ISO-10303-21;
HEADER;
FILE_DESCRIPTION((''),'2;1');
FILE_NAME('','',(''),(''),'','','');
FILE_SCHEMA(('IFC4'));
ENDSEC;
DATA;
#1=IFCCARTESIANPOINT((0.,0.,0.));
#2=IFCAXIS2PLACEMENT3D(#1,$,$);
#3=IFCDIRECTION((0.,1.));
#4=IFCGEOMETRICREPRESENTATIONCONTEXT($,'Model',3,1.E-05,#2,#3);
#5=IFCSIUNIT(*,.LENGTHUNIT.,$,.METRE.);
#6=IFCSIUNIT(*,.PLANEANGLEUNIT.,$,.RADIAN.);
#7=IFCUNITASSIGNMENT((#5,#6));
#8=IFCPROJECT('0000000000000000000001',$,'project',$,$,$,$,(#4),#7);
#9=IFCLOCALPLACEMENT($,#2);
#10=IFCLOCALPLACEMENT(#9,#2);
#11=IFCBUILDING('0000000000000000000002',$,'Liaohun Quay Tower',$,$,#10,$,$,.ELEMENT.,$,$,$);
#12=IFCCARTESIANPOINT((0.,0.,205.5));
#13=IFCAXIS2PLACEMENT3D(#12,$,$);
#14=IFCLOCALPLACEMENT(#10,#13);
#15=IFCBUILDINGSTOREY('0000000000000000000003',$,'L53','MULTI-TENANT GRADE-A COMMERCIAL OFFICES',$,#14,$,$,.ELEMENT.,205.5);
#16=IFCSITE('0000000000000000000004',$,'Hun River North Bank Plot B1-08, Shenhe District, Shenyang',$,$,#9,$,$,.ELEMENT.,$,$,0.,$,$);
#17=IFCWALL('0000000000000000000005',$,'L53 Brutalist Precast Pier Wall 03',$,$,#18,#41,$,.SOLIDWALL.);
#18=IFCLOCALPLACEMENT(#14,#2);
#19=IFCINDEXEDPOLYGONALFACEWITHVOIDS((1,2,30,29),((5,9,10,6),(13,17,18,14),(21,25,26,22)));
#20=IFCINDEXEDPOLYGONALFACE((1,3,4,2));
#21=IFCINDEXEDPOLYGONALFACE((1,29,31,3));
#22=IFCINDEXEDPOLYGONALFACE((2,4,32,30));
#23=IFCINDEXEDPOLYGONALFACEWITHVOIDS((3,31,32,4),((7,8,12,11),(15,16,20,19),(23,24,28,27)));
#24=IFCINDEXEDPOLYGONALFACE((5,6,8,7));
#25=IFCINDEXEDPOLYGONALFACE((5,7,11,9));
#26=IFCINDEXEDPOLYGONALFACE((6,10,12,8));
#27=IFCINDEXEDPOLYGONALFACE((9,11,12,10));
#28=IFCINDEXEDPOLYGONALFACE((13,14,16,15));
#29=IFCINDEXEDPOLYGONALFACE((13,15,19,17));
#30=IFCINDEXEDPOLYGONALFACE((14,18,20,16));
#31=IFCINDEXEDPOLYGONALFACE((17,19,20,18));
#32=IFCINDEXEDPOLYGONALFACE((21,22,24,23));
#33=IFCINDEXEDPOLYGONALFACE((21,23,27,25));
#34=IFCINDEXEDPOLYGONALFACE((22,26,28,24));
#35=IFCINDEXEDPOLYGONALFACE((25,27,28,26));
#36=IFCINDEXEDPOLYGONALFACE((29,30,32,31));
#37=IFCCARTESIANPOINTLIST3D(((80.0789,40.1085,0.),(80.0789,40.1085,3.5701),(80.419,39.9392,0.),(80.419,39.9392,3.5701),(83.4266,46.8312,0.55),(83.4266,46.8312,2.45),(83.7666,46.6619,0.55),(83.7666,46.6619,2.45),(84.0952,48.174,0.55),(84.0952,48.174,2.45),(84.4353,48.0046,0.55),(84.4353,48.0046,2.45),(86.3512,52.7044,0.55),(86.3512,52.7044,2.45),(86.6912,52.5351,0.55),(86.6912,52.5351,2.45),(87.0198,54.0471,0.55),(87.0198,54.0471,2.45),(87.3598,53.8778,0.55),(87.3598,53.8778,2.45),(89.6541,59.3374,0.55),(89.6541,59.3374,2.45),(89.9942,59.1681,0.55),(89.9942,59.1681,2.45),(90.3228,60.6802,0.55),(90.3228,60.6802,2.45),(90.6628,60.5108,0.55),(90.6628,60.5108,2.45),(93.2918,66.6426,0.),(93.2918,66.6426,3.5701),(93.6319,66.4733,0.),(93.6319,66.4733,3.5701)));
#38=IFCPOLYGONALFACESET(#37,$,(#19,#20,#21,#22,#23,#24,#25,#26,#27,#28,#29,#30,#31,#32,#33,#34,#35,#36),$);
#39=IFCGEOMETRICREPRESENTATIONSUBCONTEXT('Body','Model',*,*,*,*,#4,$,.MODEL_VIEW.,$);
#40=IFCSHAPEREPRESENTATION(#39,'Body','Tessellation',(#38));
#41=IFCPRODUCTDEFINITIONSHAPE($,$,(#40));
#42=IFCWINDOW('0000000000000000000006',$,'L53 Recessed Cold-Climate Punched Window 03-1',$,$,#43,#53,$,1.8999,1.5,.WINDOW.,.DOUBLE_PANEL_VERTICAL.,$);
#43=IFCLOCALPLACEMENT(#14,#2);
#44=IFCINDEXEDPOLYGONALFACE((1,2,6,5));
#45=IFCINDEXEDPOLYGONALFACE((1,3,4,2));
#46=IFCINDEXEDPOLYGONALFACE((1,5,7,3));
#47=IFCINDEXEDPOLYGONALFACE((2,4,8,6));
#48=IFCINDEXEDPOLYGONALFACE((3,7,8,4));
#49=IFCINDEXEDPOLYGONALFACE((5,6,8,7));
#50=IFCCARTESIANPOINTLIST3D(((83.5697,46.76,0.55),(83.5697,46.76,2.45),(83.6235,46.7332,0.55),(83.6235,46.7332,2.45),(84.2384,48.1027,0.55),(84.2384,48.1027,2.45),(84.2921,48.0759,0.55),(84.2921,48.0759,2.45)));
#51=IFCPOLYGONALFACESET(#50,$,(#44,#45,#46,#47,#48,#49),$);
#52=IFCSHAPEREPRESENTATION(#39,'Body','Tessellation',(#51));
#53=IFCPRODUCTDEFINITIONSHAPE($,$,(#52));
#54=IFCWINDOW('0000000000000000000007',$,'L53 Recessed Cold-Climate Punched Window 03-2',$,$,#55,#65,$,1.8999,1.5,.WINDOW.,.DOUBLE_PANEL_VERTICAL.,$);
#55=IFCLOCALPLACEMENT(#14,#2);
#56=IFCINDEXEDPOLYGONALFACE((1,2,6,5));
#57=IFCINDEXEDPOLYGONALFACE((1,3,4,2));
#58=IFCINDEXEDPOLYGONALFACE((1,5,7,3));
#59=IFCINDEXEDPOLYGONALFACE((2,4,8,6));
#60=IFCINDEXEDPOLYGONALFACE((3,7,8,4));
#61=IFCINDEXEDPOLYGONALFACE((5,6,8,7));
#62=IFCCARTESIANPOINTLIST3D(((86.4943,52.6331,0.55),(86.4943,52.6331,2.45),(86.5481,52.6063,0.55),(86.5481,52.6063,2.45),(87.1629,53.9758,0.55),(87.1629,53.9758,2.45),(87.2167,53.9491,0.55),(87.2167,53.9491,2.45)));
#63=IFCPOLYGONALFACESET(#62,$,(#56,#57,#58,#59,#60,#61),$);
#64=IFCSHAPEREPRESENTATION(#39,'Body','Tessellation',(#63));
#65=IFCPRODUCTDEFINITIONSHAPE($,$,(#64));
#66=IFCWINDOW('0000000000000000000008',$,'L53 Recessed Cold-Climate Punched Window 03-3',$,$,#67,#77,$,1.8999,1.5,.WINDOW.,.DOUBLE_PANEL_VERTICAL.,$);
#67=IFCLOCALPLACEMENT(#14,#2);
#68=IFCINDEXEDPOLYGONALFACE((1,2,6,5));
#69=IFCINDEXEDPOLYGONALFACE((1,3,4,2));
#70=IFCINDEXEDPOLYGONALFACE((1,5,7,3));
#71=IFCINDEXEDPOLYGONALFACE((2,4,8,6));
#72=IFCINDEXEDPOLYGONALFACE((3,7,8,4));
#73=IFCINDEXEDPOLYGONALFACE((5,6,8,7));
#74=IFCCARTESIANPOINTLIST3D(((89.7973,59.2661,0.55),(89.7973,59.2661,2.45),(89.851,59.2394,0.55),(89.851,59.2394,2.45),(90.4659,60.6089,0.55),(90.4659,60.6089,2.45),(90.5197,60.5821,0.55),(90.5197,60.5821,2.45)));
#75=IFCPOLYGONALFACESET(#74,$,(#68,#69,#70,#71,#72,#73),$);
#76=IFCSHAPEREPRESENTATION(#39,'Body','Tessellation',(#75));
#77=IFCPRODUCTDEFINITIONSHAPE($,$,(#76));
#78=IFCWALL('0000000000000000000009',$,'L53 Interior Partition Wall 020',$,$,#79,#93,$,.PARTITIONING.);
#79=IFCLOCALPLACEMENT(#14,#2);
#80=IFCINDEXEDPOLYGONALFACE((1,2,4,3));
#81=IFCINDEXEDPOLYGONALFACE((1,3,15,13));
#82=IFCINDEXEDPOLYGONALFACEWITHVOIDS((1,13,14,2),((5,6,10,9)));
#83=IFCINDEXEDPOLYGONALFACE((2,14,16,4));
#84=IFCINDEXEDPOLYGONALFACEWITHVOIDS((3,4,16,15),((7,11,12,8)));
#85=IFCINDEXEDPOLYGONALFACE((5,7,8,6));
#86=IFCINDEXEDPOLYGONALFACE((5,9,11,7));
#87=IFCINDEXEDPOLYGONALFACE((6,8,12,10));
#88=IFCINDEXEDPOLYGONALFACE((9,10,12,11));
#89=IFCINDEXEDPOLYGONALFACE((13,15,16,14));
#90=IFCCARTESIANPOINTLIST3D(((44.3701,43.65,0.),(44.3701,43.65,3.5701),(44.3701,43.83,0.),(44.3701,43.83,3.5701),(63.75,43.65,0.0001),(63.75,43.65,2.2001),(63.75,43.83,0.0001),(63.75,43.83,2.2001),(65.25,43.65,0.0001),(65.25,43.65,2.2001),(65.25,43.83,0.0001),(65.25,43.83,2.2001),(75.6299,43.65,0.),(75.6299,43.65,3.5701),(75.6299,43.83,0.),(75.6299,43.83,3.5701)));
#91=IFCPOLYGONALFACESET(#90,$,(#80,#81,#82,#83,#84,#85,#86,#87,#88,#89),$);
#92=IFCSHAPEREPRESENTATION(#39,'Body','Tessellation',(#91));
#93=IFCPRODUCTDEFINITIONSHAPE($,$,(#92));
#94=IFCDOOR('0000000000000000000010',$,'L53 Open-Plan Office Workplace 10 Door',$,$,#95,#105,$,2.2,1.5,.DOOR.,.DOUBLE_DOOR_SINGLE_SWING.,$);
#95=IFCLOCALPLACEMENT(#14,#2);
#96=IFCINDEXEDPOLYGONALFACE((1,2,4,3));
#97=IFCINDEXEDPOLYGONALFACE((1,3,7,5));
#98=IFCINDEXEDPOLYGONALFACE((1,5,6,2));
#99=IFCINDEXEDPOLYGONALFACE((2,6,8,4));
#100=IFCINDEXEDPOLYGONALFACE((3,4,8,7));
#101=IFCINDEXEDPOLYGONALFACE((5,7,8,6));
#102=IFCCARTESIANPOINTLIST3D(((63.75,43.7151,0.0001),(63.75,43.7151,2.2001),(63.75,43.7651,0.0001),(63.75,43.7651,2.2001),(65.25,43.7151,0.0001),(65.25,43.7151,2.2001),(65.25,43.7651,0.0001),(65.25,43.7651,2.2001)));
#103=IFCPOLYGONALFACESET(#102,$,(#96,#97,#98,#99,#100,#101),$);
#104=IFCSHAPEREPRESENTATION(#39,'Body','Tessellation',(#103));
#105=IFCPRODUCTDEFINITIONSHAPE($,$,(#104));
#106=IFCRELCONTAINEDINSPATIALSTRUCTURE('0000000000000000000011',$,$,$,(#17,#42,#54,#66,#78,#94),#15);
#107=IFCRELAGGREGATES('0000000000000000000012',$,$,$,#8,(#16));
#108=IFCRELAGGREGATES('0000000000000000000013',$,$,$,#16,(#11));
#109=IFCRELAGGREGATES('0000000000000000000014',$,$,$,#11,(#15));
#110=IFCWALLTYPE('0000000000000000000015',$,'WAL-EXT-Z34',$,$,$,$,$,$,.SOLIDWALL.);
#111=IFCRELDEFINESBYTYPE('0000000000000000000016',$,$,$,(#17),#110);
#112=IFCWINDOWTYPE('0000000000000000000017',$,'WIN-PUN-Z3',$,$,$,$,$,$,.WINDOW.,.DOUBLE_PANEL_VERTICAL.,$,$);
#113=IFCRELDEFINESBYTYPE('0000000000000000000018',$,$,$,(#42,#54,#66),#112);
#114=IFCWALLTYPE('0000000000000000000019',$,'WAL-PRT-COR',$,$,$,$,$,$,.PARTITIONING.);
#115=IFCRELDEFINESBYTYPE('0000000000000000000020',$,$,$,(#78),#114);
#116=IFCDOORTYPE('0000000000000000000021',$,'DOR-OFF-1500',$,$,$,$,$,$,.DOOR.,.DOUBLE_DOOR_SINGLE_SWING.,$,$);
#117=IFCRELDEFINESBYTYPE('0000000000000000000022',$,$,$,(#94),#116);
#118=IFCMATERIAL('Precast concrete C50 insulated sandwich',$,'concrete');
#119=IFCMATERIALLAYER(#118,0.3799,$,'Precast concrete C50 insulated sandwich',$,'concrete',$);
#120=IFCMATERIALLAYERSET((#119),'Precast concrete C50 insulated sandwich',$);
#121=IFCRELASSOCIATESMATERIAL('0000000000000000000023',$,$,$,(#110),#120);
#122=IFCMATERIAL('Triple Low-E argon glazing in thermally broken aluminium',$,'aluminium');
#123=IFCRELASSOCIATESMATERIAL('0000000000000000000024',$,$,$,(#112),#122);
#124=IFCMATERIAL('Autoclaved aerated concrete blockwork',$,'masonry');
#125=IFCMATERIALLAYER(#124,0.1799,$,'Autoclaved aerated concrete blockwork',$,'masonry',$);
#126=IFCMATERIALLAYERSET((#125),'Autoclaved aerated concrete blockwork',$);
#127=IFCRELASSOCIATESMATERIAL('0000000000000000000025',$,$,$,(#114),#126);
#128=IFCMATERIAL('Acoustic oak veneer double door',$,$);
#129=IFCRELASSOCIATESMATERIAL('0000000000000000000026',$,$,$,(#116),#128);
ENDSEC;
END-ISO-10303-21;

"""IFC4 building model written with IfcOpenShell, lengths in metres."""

from ifc_helpers import new_model, si_unit, direction, frame, frame_2d, origin, place, context, subcontext, project, spatial, rectangle, extrude, source, transform, mapped, material, layer, layer_set, type_object, element, fill, save


model = new_model("IFC4")

# Units and contexts
model_context = context("Model", 3, precision=1e-05, world=origin(), true_north=direction((0.0, 1.0)))
body_context = subcontext(model_context, "Body", "Model", "MODEL_VIEW")
ifc_project = project(units=[si_unit("LENGTHUNIT", "METRE"), si_unit("PLANEANGLEUNIT", "RADIAN")], contexts=[model_context])

# Site, building, storey
site_placement = place(None, origin())
site = spatial("IfcSite", under=ifc_project, at=site_placement, Name="Hun River North Bank Plot B1-08, Shenhe District, Shenyang", CompositionType="ELEMENT", RefElevation=0.0)
building_placement = place(site_placement, origin())
building = spatial("IfcBuilding", under=site, at=building_placement, Name="Liaohun Quay Tower", CompositionType="ELEMENT")
storey_placement = place(building_placement, frame((0.0, 0.0, 205.5)))
storey = spatial("IfcBuildingStorey", under=building, at=storey_placement, Name="L53", Description="MULTI-TENANT GRADE-A COMMERCIAL OFFICES", CompositionType="ELEMENT", Elevation=205.5)

# Shared definitions
ifc_material_1 = material(Name="Precast concrete C50 insulated sandwich", Category="concrete")
ifc_layer_1 = layer(ifc_material_1, 0.3799, Name="Precast concrete C50 insulated sandwich", Category="concrete")
ifc_layer_set_1 = layer_set([ifc_layer_1], Name="Precast concrete C50 insulated sandwich")
wall_type_1 = type_object("IfcWallType", Name="WAL-EXT-Z34", PredefinedType="SOLIDWALL", material=ifc_layer_set_1)

# Wall, openings, windows
shared_shape_1 = source(origin(), body_context, "Body", "SweptSolid", [
    extrude(rectangle(XDim=1.5, YDim=1.8999, at=frame_2d((0.75, 0.95))), frame((0.0, 0.2, 0.0), z_axis=(0.0, -1.0, 0.0), x_axis=(1.0, 0.0, 0.0)), (0.0, 0.0, 1.0), 0.3999),
])
ifc_material_2 = material(Name="Triple Low-E argon glazing in thermally broken aluminium", Category="aluminium")
window_type_1 = type_object("IfcWindowType", Name="WIN-PUN-Z3", PartitioningType="DOUBLE_PANEL_VERTICAL", PredefinedType="WINDOW", material=ifc_material_2)
shared_shape_2 = source(origin(), body_context, "Body", "SweptSolid", [
    extrude(rectangle(XDim=1.5, YDim=1.8999, at=frame_2d((0.75, 0.95))), frame((0.0, 0.03, 0.0), z_axis=(0.0, -1.0, 0.0), x_axis=(1.0, 0.0, 0.0)), (0.0, 0.0, 1.0), 0.0601),
])
wall_1_placement = place(storey_placement, frame((80.249, 40.0239, 0.0), z_axis=(0.0, 0.0, 1.0), x_axis=(0.44575, 0.895157, 0.0)))
wall_1 = element("IfcWall", 1, at=wall_1_placement, inside=storey, type_object=wall_type_1, Name="L53 Brutalist Precast Pier Wall 03", PredefinedType="SOLIDWALL", context=body_context, shape_type="SweptSolid", body=[
    extrude(rectangle(XDim=29.6418, YDim=0.3799, at=frame_2d((14.8208, 0.0))), origin(), (0.0, 0.0, 1.0), 3.5701),
])
opening_1_placement = place(wall_1_placement, frame((7.51, 0.0, 0.55)))
opening_1 = element("IfcOpeningElement", 2, at=opening_1_placement, cuts=wall_1, PredefinedType="OPENING", context=body_context, shape_type="MappedRepresentation", body=[
    mapped(shared_shape_1, transform((0.0, 0.0, 0.0), x_axis=(1.0, 0.0, 0.0), y_axis=(0.0, 1.0, 0.0), z_axis=(0.0, 0.0, 1.0), scale=1.0)),
])
opening_2_placement = place(wall_1_placement, frame((14.071, 0.0, 0.55)))
opening_2 = element("IfcOpeningElement", 3, at=opening_2_placement, cuts=wall_1, PredefinedType="OPENING", context=body_context, shape_type="MappedRepresentation", body=[
    mapped(shared_shape_1, transform((0.0, 0.0, 0.0), x_axis=(1.0, 0.0, 0.0), y_axis=(0.0, 1.0, 0.0), z_axis=(0.0, 0.0, 1.0), scale=1.0)),
])
opening_3_placement = place(wall_1_placement, frame((21.481, 0.0, 0.55)))
opening_3 = element("IfcOpeningElement", 4, at=opening_3_placement, cuts=wall_1, PredefinedType="OPENING", context=body_context, shape_type="MappedRepresentation", body=[
    mapped(shared_shape_1, transform((0.0, 0.0, 0.0), x_axis=(1.0, 0.0, 0.0), y_axis=(0.0, 1.0, 0.0), z_axis=(0.0, 0.0, 1.0), scale=1.0)),
])
window_1_placement = place(opening_1_placement, origin())
window_1 = element("IfcWindow", 5, at=window_1_placement, inside=storey, type_object=window_type_1, Name="L53 Recessed Cold-Climate Punched Window 03-1", OverallHeight=1.8999, OverallWidth=1.5, PartitioningType="DOUBLE_PANEL_VERTICAL", PredefinedType="WINDOW", context=body_context, shape_type="MappedRepresentation", body=[
    mapped(shared_shape_2, transform((0.0, 0.0, 0.0), x_axis=(1.0, 0.0, 0.0), y_axis=(0.0, 1.0, 0.0), z_axis=(0.0, 0.0, 1.0), scale=1.0)),
])
fill(opening_1, window_1)
window_2_placement = place(opening_2_placement, origin())
window_2 = element("IfcWindow", 6, at=window_2_placement, inside=storey, type_object=window_type_1, Name="L53 Recessed Cold-Climate Punched Window 03-2", OverallHeight=1.8999, OverallWidth=1.5, PartitioningType="DOUBLE_PANEL_VERTICAL", PredefinedType="WINDOW", context=body_context, shape_type="MappedRepresentation", body=[
    mapped(shared_shape_2, transform((0.0, 0.0, 0.0), x_axis=(1.0, 0.0, 0.0), y_axis=(0.0, 1.0, 0.0), z_axis=(0.0, 0.0, 1.0), scale=1.0)),
])
fill(opening_2, window_2)
window_3_placement = place(opening_3_placement, origin())
window_3 = element("IfcWindow", 7, at=window_3_placement, inside=storey, type_object=window_type_1, Name="L53 Recessed Cold-Climate Punched Window 03-3", OverallHeight=1.8999, OverallWidth=1.5, PartitioningType="DOUBLE_PANEL_VERTICAL", PredefinedType="WINDOW", context=body_context, shape_type="MappedRepresentation", body=[
    mapped(shared_shape_2, transform((0.0, 0.0, 0.0), x_axis=(1.0, 0.0, 0.0), y_axis=(0.0, 1.0, 0.0), z_axis=(0.0, 0.0, 1.0), scale=1.0)),
])
fill(opening_3, window_3)

# Wall, opening, door
ifc_material_3 = material(Name="Autoclaved aerated concrete blockwork", Category="masonry")
ifc_layer_2 = layer(ifc_material_3, 0.1799, Name="Autoclaved aerated concrete blockwork", Category="masonry")
ifc_layer_set_2 = layer_set([ifc_layer_2], Name="Autoclaved aerated concrete blockwork")
wall_type_2 = type_object("IfcWallType", Name="WAL-PRT-COR", PredefinedType="PARTITIONING", material=ifc_layer_set_2)
wall_2_placement = place(storey_placement, frame((75.6299, 43.74, 0.0), z_axis=(0.0, 0.0, 1.0), x_axis=(-1.0, 0.0, 0.0)))
wall_2 = element("IfcWall", 8, at=wall_2_placement, inside=storey, type_object=wall_type_2, Name="L53 Interior Partition Wall 020", PredefinedType="PARTITIONING", context=body_context, shape_type="SweptSolid", body=[
    extrude(rectangle(XDim=31.2598, YDim=0.1799, at=frame_2d((15.6299, 0.0))), origin(), (0.0, 0.0, 1.0), 3.5701),
])
shared_shape_3 = source(origin(), body_context, "Body", "SweptSolid", [
    extrude(rectangle(XDim=1.5, YDim=2.2, at=frame_2d((0.75, 1.1001))), frame((0.0, 0.0999, 0.0), z_axis=(0.0, -1.0, 0.0), x_axis=(1.0, 0.0, 0.0)), (0.0, 0.0, 1.0), 0.2),
])
opening_4_placement = place(wall_2_placement, frame((10.3799, 0.0, 0.0)))
opening_4 = element("IfcOpeningElement", 9, at=opening_4_placement, cuts=wall_2, PredefinedType="OPENING", context=body_context, shape_type="MappedRepresentation", body=[
    mapped(shared_shape_3, transform((0.0, 0.0, 0.0), x_axis=(1.0, 0.0, 0.0), y_axis=(0.0, 1.0, 0.0), z_axis=(0.0, 0.0, 1.0), scale=1.0)),
])
ifc_material_4 = material(Name="Acoustic oak veneer double door")
door_type = type_object("IfcDoorType", Name="DOR-OFF-1500", OperationType="DOUBLE_DOOR_SINGLE_SWING", PredefinedType="DOOR", material=ifc_material_4)
shared_shape_4 = source(origin(), body_context, "Body", "SweptSolid", [
    extrude(rectangle(XDim=1.5, YDim=2.2, at=frame_2d((0.75, 1.1001))), frame((0.0, 0.0249, 0.0), z_axis=(0.0, -1.0, 0.0), x_axis=(1.0, 0.0, 0.0)), (0.0, 0.0, 1.0), 0.05),
])
door_placement = place(opening_4_placement, origin())
door = element("IfcDoor", 10, at=door_placement, inside=storey, type_object=door_type, Name="L53 Open-Plan Office Workplace 10 Door", OperationType="DOUBLE_DOOR_SINGLE_SWING", OverallHeight=2.2, OverallWidth=1.5, PredefinedType="DOOR", context=body_context, shape_type="MappedRepresentation", body=[
    mapped(shared_shape_4, transform((0.0, 0.0, 0.0), x_axis=(1.0, 0.0, 0.0), y_axis=(0.0, 1.0, 0.0), z_axis=(0.0, 0.0, 1.0), scale=1.0)),
])
fill(opening_4, door)

save(model, "model.ifc")
